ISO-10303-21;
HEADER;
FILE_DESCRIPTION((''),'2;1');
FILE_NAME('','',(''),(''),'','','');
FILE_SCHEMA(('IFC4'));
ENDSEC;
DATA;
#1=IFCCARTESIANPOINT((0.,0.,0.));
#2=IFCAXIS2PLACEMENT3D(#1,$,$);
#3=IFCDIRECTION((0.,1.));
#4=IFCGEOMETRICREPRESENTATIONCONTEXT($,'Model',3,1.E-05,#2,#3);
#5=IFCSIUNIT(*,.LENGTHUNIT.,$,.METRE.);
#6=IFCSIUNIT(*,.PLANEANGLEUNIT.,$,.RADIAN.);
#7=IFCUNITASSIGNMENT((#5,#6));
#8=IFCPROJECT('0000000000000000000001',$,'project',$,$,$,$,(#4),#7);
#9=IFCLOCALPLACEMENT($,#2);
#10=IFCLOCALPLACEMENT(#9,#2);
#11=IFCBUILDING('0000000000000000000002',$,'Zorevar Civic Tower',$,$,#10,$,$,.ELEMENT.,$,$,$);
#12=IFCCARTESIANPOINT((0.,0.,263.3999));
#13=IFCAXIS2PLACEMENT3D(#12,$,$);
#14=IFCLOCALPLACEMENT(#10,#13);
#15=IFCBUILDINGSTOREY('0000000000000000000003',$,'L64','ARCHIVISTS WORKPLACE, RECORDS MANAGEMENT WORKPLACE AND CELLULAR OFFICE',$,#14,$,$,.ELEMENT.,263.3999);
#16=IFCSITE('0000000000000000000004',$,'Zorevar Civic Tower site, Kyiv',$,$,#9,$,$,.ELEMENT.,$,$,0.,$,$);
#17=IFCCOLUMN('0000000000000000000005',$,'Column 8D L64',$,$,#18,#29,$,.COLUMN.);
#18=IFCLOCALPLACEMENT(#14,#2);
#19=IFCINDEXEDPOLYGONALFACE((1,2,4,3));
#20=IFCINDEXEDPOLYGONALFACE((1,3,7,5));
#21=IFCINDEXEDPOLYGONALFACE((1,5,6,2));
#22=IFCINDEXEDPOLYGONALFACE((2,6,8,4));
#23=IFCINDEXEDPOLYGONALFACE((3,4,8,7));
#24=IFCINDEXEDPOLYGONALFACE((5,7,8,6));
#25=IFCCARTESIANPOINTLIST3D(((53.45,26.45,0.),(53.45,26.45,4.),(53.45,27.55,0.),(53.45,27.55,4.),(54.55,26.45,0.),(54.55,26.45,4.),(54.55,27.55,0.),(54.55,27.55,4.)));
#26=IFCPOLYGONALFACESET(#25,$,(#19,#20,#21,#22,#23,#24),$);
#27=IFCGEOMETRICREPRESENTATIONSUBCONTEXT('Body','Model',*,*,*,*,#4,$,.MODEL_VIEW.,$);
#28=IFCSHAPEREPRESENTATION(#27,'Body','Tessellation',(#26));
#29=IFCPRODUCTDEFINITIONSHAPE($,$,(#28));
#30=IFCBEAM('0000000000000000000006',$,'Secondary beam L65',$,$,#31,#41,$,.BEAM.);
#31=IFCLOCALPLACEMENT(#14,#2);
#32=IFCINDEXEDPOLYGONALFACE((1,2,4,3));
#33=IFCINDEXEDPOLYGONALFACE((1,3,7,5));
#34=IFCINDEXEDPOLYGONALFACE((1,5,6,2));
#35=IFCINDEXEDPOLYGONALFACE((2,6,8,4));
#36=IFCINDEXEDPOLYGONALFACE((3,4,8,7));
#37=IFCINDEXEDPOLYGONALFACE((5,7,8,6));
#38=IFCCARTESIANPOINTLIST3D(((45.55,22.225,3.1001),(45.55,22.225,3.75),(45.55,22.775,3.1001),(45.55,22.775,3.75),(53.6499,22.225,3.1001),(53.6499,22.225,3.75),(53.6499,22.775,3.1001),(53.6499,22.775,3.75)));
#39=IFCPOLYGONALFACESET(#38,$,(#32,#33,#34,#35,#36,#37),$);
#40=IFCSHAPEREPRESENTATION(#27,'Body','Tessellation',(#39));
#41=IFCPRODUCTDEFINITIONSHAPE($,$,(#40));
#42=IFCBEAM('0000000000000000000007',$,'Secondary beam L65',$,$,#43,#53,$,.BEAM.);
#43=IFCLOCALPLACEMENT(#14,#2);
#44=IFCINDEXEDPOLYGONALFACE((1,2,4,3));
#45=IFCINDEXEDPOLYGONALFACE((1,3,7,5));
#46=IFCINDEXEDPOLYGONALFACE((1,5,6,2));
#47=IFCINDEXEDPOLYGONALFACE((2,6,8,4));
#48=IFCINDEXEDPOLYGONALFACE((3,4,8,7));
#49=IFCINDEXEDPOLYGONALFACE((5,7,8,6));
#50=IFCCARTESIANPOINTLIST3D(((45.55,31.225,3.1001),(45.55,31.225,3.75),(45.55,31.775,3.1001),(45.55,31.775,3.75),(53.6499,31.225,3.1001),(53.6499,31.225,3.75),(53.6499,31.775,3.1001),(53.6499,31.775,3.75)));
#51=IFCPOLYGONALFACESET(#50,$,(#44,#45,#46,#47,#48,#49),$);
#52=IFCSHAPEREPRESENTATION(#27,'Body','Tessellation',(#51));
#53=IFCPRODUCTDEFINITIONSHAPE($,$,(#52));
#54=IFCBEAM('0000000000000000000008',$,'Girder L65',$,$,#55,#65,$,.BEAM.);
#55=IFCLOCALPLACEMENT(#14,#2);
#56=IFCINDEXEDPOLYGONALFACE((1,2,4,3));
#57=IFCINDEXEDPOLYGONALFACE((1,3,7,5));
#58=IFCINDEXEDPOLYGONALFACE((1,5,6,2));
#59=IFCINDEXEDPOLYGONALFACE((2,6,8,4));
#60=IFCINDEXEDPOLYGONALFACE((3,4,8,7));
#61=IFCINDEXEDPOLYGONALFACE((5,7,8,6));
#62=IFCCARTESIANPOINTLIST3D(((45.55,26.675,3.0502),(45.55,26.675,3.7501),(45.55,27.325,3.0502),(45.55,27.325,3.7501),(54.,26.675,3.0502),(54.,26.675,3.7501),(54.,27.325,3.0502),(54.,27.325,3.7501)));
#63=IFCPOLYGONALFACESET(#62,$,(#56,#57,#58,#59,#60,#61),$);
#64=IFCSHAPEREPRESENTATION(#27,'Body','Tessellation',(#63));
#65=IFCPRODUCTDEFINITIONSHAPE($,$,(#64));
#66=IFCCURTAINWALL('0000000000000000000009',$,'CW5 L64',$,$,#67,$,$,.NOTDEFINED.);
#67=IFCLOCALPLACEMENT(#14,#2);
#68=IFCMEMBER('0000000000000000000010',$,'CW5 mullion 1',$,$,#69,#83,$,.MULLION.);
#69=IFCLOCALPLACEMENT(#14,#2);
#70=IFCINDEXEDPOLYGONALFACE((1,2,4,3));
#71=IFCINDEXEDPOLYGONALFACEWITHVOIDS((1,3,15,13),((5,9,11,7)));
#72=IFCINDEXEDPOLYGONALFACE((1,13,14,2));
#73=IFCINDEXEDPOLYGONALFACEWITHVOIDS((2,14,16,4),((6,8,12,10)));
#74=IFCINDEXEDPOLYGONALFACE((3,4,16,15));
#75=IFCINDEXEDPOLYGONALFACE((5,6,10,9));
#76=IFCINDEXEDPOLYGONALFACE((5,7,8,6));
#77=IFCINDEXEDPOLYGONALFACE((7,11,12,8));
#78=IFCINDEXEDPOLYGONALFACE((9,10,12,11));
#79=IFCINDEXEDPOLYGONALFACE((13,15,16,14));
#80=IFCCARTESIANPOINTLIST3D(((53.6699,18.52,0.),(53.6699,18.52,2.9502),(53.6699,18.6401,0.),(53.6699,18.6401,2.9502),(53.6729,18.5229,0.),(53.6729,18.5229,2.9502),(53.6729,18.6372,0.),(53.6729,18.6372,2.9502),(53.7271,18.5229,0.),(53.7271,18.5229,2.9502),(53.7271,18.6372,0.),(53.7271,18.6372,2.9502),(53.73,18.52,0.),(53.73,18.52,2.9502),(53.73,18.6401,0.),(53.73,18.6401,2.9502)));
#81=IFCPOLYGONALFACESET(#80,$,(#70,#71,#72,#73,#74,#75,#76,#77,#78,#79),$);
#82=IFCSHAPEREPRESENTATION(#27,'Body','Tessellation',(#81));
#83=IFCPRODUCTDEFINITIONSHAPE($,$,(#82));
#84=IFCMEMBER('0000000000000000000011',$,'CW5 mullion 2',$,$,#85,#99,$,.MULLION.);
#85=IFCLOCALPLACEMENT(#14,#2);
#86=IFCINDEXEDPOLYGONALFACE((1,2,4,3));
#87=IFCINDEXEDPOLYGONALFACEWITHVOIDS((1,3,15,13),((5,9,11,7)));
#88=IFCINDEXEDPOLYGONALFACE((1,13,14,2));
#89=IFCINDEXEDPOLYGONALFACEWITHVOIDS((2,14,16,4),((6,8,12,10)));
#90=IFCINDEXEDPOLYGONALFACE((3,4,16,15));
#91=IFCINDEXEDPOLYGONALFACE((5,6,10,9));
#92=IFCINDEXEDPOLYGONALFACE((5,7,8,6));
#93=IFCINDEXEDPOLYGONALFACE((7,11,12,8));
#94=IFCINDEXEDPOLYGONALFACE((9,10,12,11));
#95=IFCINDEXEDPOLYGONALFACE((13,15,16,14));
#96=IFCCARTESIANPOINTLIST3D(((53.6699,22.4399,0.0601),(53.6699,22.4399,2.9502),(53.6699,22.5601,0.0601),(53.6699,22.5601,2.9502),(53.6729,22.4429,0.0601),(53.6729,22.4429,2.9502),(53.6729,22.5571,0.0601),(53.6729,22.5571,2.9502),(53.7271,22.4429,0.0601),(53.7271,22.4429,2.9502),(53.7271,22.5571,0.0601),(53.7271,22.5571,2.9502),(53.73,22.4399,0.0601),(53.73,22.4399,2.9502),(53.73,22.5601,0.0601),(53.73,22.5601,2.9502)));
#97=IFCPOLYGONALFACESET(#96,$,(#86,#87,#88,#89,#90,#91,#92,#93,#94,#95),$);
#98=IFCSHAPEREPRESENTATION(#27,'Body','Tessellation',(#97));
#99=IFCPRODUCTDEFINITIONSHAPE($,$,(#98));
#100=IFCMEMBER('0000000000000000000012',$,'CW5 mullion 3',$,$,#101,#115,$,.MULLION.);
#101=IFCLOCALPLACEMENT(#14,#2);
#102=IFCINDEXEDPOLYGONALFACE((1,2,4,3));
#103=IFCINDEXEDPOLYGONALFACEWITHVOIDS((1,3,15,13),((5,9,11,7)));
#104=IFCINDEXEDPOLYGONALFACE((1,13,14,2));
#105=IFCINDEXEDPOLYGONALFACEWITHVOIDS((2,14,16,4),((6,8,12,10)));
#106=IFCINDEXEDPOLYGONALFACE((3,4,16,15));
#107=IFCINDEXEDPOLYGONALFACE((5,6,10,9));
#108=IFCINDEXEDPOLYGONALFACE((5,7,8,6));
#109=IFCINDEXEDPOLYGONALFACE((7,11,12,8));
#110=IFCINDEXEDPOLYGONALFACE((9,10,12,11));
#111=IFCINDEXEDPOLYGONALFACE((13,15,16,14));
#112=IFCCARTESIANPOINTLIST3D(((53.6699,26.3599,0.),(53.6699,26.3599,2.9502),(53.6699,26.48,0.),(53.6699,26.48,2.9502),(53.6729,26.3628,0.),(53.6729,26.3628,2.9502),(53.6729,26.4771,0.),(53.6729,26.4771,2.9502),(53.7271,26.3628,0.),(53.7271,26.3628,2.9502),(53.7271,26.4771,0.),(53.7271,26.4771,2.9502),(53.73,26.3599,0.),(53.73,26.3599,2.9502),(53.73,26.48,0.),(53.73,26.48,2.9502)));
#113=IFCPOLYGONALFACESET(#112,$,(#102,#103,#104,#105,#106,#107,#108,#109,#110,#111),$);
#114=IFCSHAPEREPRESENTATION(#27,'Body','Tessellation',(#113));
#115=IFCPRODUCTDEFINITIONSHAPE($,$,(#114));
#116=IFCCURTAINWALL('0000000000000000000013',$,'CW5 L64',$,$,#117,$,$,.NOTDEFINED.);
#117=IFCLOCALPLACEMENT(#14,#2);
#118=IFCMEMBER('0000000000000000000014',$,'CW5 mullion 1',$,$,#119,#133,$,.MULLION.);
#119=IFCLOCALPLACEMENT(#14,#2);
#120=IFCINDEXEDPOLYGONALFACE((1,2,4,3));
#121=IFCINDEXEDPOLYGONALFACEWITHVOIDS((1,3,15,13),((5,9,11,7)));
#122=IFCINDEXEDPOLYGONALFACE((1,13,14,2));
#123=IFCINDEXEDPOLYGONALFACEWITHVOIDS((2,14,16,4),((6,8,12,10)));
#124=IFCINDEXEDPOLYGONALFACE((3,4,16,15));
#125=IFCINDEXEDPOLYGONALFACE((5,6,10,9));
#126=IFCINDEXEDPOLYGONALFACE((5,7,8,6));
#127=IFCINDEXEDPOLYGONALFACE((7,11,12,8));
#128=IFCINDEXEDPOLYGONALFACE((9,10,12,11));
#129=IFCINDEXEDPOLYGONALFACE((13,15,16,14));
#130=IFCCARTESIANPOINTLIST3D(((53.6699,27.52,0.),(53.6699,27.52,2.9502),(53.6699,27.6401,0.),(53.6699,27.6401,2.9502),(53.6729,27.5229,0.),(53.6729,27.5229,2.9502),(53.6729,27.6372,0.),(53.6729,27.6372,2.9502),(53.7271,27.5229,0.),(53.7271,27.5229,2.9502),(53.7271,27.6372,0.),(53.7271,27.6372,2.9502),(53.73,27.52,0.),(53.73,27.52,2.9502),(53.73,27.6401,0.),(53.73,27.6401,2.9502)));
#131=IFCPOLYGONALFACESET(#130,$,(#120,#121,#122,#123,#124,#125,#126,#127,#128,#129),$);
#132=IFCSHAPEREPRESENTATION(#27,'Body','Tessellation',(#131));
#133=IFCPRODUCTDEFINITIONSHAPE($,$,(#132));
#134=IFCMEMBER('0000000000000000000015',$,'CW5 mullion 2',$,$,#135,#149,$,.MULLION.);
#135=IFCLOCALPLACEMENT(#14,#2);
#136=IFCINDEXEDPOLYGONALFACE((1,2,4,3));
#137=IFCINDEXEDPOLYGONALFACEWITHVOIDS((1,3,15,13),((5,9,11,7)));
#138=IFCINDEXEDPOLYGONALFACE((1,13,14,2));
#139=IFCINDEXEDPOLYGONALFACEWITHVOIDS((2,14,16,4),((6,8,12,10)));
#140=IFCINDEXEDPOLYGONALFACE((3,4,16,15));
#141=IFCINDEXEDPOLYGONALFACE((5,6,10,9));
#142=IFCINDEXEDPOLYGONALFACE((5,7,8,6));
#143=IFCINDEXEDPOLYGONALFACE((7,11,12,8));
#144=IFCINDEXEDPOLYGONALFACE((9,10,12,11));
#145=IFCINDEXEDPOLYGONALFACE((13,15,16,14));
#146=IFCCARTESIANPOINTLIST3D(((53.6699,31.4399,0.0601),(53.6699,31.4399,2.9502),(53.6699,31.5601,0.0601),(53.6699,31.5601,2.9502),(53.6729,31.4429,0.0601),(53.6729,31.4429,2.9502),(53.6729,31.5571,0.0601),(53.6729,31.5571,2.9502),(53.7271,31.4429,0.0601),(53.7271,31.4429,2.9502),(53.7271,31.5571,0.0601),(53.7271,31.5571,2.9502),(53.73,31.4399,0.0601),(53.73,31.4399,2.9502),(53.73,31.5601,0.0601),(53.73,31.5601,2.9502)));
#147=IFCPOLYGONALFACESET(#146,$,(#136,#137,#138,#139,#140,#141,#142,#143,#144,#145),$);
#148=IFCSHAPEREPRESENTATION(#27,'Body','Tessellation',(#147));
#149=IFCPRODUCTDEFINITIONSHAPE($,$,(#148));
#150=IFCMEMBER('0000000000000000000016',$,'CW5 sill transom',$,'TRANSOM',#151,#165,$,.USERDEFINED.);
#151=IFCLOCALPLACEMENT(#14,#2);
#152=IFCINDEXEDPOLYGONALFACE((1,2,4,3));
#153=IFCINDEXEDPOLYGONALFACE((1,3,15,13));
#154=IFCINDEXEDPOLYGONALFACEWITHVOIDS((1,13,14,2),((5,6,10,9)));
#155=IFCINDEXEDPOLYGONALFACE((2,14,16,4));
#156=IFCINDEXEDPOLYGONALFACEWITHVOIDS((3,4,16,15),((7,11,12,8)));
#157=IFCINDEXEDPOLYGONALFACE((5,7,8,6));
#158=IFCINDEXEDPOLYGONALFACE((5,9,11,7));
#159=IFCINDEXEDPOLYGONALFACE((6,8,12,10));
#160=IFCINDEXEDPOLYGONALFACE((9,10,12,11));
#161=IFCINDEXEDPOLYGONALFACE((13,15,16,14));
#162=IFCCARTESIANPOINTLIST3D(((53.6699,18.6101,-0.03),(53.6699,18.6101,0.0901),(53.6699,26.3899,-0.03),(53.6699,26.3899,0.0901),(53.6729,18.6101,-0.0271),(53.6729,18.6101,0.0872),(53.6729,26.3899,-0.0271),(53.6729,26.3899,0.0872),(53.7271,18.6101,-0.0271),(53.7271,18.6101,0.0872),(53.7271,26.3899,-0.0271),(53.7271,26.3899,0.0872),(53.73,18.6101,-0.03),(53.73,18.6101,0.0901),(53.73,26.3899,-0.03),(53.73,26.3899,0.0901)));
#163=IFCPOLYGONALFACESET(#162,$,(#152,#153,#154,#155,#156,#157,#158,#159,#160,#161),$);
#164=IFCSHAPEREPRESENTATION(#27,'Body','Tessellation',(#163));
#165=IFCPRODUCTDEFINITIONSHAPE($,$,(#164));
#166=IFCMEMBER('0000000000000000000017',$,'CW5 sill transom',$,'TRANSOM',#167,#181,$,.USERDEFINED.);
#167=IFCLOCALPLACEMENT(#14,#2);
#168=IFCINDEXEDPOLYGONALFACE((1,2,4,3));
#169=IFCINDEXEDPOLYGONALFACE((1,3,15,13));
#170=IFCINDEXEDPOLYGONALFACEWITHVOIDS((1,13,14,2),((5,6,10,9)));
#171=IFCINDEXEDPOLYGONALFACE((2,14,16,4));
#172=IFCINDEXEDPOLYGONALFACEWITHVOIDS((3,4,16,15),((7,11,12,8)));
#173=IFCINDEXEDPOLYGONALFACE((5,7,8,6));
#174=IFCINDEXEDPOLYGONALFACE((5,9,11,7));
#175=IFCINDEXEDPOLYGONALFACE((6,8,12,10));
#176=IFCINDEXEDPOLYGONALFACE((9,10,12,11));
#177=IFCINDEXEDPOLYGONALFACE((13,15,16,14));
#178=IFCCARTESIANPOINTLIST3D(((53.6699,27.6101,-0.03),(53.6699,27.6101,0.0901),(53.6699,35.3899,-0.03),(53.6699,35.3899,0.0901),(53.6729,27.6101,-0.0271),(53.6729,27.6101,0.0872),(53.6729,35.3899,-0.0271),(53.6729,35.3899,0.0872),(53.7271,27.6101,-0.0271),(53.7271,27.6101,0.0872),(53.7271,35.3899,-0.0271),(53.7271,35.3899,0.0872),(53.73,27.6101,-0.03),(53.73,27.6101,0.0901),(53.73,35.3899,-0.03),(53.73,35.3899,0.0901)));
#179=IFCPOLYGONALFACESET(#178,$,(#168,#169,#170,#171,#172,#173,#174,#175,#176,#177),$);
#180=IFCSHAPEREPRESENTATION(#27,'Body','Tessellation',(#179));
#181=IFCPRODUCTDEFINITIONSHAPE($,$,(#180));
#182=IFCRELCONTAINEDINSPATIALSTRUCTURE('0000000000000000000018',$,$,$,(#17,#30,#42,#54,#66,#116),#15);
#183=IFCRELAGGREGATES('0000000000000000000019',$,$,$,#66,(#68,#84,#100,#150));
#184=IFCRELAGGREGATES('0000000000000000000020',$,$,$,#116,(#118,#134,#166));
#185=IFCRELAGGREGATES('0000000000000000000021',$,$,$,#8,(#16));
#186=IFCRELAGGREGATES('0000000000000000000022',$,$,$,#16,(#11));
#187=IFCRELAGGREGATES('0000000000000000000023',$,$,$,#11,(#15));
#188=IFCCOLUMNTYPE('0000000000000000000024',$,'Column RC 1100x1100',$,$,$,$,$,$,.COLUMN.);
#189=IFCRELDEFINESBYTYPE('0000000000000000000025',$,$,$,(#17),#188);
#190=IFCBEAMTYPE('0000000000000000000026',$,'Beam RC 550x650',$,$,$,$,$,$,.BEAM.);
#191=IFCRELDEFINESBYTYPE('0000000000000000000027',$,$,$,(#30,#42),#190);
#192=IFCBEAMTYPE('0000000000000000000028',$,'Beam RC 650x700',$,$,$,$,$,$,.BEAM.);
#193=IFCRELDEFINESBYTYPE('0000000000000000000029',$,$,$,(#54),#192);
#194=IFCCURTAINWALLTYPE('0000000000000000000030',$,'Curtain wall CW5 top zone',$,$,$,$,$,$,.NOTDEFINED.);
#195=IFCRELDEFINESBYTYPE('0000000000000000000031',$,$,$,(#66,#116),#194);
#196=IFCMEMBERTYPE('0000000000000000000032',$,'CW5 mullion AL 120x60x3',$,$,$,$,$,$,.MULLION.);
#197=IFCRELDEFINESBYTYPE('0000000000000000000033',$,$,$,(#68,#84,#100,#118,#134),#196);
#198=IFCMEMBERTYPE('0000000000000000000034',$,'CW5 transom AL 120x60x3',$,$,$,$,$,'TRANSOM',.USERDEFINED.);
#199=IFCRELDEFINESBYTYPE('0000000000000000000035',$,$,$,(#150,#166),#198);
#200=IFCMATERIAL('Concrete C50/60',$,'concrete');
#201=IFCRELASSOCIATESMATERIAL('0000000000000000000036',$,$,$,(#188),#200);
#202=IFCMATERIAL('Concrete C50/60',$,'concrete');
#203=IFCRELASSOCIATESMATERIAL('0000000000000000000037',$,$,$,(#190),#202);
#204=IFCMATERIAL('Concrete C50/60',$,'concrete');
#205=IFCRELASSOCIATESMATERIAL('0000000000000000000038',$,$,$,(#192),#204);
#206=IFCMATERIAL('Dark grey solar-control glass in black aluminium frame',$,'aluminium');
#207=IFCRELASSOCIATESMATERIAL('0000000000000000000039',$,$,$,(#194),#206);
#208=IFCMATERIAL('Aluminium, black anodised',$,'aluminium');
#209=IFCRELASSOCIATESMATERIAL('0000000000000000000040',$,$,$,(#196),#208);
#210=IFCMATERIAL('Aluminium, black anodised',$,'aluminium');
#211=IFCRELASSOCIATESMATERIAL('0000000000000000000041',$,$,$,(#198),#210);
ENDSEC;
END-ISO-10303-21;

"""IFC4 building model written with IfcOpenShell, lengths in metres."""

from ifc_helpers import new_model, si_unit, direction, frame, origin, origin_2d, place, context, subcontext, project, spatial, rectangle, hollow_rectangle, extrude, material, material_profile, profile_set, type_object, element, aggregate, save


model = new_model("IFC4")

# Units and contexts
model_context = context("Model", 3, precision=1e-05, world=origin(), true_north=direction((0.0, 1.0)))
body_context = subcontext(model_context, "Body", "Model", "MODEL_VIEW")
ifc_project = project(units=[si_unit("LENGTHUNIT", "METRE"), si_unit("PLANEANGLEUNIT", "RADIAN")], contexts=[model_context])

# Site, building, storey
site_placement = place(None, origin())
site = spatial("IfcSite", under=ifc_project, at=site_placement, Name="Zorevar Civic Tower site, Kyiv", CompositionType="ELEMENT", RefElevation=0.0)
building_placement = place(site_placement, origin())
building = spatial("IfcBuilding", under=site, at=building_placement, Name="Zorevar Civic Tower", CompositionType="ELEMENT")
storey_placement = place(building_placement, frame((0.0, 0.0, 263.3999)))
storey = spatial("IfcBuildingStorey", under=building, at=storey_placement, Name="L64", Description="ARCHIVISTS WORKPLACE, RECORDS MANAGEMENT WORKPLACE AND CELLULAR OFFICE", CompositionType="ELEMENT", Elevation=263.3999)

# Column
ifc_material_1 = material(Name="Concrete C50/60", Category="concrete")
ifc_material_profile_1 = material_profile(ifc_material_1, rectangle(XDim=1.1001, YDim=1.1001, at=origin_2d()), Name="RC 1100x1100")
ifc_profile_set_1 = profile_set([ifc_material_profile_1], Name="Concrete C50/60")
column_type = type_object("IfcColumnType", Name="Column RC 1100x1100", PredefinedType="COLUMN", material=ifc_profile_set_1)
column_placement = place(storey_placement, frame((54.0, 27.0, 0.0), z_axis=(0.0, 0.0, 1.0), x_axis=(1.0, 0.0, 0.0)))
element("IfcColumn", 1, at=column_placement, inside=storey, type_object=column_type, Name="Column 8D L64", PredefinedType="COLUMN", context=body_context, shape_type="SweptSolid", body=[
    extrude(rectangle(XDim=1.1001, YDim=1.1001, at=origin_2d()), origin(), (0.0, 0.0, 1.0), 4.0),
])

# Beams
ifc_material_2 = material(Name="Concrete C50/60", Category="concrete")
ifc_material_profile_2 = material_profile(ifc_material_2, rectangle(XDim=0.55, YDim=0.6499, at=origin_2d()), Name="RC 550x650")
ifc_profile_set_2 = profile_set([ifc_material_profile_2], Name="Concrete C50/60")
beam_type_1 = type_object("IfcBeamType", Name="Beam RC 550x650", PredefinedType="BEAM", material=ifc_profile_set_2)
for number, where, z_axis, x_axis, name in (
    (2, (45.55, 22.5, 3.425), (1.0, 0.0, 0.0), (0.0, 1.0, 0.0), "Secondary beam L65"),
    (3, (45.55, 31.5, 3.425), (1.0, 0.0, 0.0), (0.0, 1.0, 0.0), "Secondary beam L65"),
):
    element("IfcBeam", number, at=place(storey_placement, frame(where, z_axis=z_axis, x_axis=x_axis)), inside=storey, type_object=beam_type_1, Name=name, PredefinedType="BEAM", context=body_context, shape_type="SweptSolid", body=[
        extrude(rectangle(XDim=0.55, YDim=0.6499, at=origin_2d()), origin(), (0.0, 0.0, 1.0), 8.0999),
    ])
ifc_material_3 = material(Name="Concrete C50/60", Category="concrete")
ifc_material_profile_3 = material_profile(ifc_material_3, rectangle(XDim=0.6499, YDim=0.7, at=origin_2d()), Name="RC 650x700")
ifc_profile_set_3 = profile_set([ifc_material_profile_3], Name="Concrete C50/60")
beam_type_2 = type_object("IfcBeamType", Name="Beam RC 650x700", PredefinedType="BEAM", material=ifc_profile_set_3)
beam_1_placement = place(storey_placement, frame((45.55, 27.0, 3.4001), z_axis=(1.0, 0.0, 0.0), x_axis=(0.0, 1.0, 0.0)))
element("IfcBeam", 4, at=beam_1_placement, inside=storey, type_object=beam_type_2, Name="Girder L65", PredefinedType="BEAM", context=body_context, shape_type="SweptSolid", body=[
    extrude(rectangle(XDim=0.6499, YDim=0.7, at=origin_2d()), origin(), (0.0, 0.0, 1.0), 8.45),
])

# Curtain walls, members
ifc_material_4 = material(Name="Dark grey solar-control glass in black aluminium frame", Category="aluminium")
curtain_wall_type = type_object("IfcCurtainWallType", Name="Curtain wall CW5 top zone", PredefinedType="NOTDEFINED", material=ifc_material_4)
curtain_wall_1_placement = place(storey_placement, origin())
curtain_wall_1 = element("IfcCurtainWall", 5, at=curtain_wall_1_placement, inside=storey, type_object=curtain_wall_type, Name="CW5 L64", PredefinedType="NOTDEFINED")
ifc_material_5 = material(Name="Aluminium, black anodised", Category="aluminium")
ifc_material_profile_4 = material_profile(ifc_material_5, hollow_rectangle(XDim=0.0601, YDim=0.1201, WallThickness=0.0029, at=origin_2d()), Name="AL 120x60x3")
ifc_profile_set_4 = profile_set([ifc_material_profile_4], Name="Aluminium, black anodised")
member_type_1 = type_object("IfcMemberType", Name="CW5 mullion AL 120x60x3", PredefinedType="MULLION", material=ifc_profile_set_4)
member_1_placement = place(storey_placement, frame((53.7, 18.5801, 0.0), z_axis=(0.0, 0.0, 1.0), x_axis=(-1.0, 0.0, 0.0)))
member_1 = element("IfcMember", 6, at=member_1_placement, type_object=member_type_1, Name="CW5 mullion 1", PredefinedType="MULLION", context=body_context, shape_type="SweptSolid", body=[
    extrude(hollow_rectangle(XDim=0.0601, YDim=0.1201, WallThickness=0.0029, at=origin_2d()), origin(), (0.0, 0.0, 1.0), 2.9502),
])
member_2_placement = place(storey_placement, frame((53.7, 22.5, 0.0601), z_axis=(0.0, 0.0, 1.0), x_axis=(-1.0, 0.0, 0.0)))
member_2 = element("IfcMember", 7, at=member_2_placement, type_object=member_type_1, Name="CW5 mullion 2", PredefinedType="MULLION", context=body_context, shape_type="SweptSolid", body=[
    extrude(hollow_rectangle(XDim=0.0601, YDim=0.1201, WallThickness=0.0029, at=origin_2d()), origin(), (0.0, 0.0, 1.0), 2.8901),
])
member_3_placement = place(storey_placement, frame((53.7, 26.4199, 0.0), z_axis=(0.0, 0.0, 1.0), x_axis=(-1.0, 0.0, 0.0)))
member_3 = element("IfcMember", 8, at=member_3_placement, type_object=member_type_1, Name="CW5 mullion 3", PredefinedType="MULLION", context=body_context, shape_type="SweptSolid", body=[
    extrude(hollow_rectangle(XDim=0.0601, YDim=0.1201, WallThickness=0.0029, at=origin_2d()), origin(), (0.0, 0.0, 1.0), 2.9502),
])
curtain_wall_2_placement = place(storey_placement, origin())
curtain_wall_2 = element("IfcCurtainWall", 9, at=curtain_wall_2_placement, inside=storey, type_object=curtain_wall_type, Name="CW5 L64", PredefinedType="NOTDEFINED")
member_4_placement = place(storey_placement, frame((53.7, 27.5801, 0.0), z_axis=(0.0, 0.0, 1.0), x_axis=(-1.0, 0.0, 0.0)))
member_4 = element("IfcMember", 10, at=member_4_placement, type_object=member_type_1, Name="CW5 mullion 1", PredefinedType="MULLION", context=body_context, shape_type="SweptSolid", body=[
    extrude(hollow_rectangle(XDim=0.0601, YDim=0.1201, WallThickness=0.0029, at=origin_2d()), origin(), (0.0, 0.0, 1.0), 2.9502),
])
member_5_placement = place(storey_placement, frame((53.7, 31.5, 0.0601), z_axis=(0.0, 0.0, 1.0), x_axis=(-1.0, 0.0, 0.0)))
member_5 = element("IfcMember", 11, at=member_5_placement, type_object=member_type_1, Name="CW5 mullion 2", PredefinedType="MULLION", context=body_context, shape_type="SweptSolid", body=[
    extrude(hollow_rectangle(XDim=0.0601, YDim=0.1201, WallThickness=0.0029, at=origin_2d()), origin(), (0.0, 0.0, 1.0), 2.8901),
])

# Members
ifc_material_6 = material(Name="Aluminium, black anodised", Category="aluminium")
ifc_material_profile_5 = material_profile(ifc_material_6, hollow_rectangle(XDim=0.0601, YDim=0.1201, WallThickness=0.0029, at=origin_2d()), Name="AL 120x60x3")
ifc_profile_set_5 = profile_set([ifc_material_profile_5], Name="Aluminium, black anodised")
member_type_2 = type_object("IfcMemberType", Name="CW5 transom AL 120x60x3", ElementType="TRANSOM", PredefinedType="USERDEFINED", material=ifc_profile_set_5)
member_6_placement = place(storey_placement, frame((53.7, 18.6101, 0.03), z_axis=(0.0, 1.0, 0.0), x_axis=(-1.0, 0.0, 0.0)))
member_6 = element("IfcMember", 12, at=member_6_placement, type_object=member_type_2, Name="CW5 sill transom", ObjectType="TRANSOM", PredefinedType="USERDEFINED", context=body_context, shape_type="SweptSolid", body=[
    extrude(hollow_rectangle(XDim=0.0601, YDim=0.1201, WallThickness=0.0029, at=origin_2d()), origin(), (0.0, 0.0, 1.0), 7.7798),
])
member_7_placement = place(storey_placement, frame((53.7, 27.6101, 0.03), z_axis=(0.0, 1.0, 0.0), x_axis=(-1.0, 0.0, 0.0)))
member_7 = element("IfcMember", 13, at=member_7_placement, type_object=member_type_2, Name="CW5 sill transom", ObjectType="TRANSOM", PredefinedType="USERDEFINED", context=body_context, shape_type="SweptSolid", body=[
    extrude(hollow_rectangle(XDim=0.0601, YDim=0.1201, WallThickness=0.0029, at=origin_2d()), origin(), (0.0, 0.0, 1.0), 7.7798),
])

aggregate(curtain_wall_1, [member_1, member_2, member_3, member_6])
aggregate(curtain_wall_2, [member_4, member_5, member_7])

save(model, "model.ifc")
